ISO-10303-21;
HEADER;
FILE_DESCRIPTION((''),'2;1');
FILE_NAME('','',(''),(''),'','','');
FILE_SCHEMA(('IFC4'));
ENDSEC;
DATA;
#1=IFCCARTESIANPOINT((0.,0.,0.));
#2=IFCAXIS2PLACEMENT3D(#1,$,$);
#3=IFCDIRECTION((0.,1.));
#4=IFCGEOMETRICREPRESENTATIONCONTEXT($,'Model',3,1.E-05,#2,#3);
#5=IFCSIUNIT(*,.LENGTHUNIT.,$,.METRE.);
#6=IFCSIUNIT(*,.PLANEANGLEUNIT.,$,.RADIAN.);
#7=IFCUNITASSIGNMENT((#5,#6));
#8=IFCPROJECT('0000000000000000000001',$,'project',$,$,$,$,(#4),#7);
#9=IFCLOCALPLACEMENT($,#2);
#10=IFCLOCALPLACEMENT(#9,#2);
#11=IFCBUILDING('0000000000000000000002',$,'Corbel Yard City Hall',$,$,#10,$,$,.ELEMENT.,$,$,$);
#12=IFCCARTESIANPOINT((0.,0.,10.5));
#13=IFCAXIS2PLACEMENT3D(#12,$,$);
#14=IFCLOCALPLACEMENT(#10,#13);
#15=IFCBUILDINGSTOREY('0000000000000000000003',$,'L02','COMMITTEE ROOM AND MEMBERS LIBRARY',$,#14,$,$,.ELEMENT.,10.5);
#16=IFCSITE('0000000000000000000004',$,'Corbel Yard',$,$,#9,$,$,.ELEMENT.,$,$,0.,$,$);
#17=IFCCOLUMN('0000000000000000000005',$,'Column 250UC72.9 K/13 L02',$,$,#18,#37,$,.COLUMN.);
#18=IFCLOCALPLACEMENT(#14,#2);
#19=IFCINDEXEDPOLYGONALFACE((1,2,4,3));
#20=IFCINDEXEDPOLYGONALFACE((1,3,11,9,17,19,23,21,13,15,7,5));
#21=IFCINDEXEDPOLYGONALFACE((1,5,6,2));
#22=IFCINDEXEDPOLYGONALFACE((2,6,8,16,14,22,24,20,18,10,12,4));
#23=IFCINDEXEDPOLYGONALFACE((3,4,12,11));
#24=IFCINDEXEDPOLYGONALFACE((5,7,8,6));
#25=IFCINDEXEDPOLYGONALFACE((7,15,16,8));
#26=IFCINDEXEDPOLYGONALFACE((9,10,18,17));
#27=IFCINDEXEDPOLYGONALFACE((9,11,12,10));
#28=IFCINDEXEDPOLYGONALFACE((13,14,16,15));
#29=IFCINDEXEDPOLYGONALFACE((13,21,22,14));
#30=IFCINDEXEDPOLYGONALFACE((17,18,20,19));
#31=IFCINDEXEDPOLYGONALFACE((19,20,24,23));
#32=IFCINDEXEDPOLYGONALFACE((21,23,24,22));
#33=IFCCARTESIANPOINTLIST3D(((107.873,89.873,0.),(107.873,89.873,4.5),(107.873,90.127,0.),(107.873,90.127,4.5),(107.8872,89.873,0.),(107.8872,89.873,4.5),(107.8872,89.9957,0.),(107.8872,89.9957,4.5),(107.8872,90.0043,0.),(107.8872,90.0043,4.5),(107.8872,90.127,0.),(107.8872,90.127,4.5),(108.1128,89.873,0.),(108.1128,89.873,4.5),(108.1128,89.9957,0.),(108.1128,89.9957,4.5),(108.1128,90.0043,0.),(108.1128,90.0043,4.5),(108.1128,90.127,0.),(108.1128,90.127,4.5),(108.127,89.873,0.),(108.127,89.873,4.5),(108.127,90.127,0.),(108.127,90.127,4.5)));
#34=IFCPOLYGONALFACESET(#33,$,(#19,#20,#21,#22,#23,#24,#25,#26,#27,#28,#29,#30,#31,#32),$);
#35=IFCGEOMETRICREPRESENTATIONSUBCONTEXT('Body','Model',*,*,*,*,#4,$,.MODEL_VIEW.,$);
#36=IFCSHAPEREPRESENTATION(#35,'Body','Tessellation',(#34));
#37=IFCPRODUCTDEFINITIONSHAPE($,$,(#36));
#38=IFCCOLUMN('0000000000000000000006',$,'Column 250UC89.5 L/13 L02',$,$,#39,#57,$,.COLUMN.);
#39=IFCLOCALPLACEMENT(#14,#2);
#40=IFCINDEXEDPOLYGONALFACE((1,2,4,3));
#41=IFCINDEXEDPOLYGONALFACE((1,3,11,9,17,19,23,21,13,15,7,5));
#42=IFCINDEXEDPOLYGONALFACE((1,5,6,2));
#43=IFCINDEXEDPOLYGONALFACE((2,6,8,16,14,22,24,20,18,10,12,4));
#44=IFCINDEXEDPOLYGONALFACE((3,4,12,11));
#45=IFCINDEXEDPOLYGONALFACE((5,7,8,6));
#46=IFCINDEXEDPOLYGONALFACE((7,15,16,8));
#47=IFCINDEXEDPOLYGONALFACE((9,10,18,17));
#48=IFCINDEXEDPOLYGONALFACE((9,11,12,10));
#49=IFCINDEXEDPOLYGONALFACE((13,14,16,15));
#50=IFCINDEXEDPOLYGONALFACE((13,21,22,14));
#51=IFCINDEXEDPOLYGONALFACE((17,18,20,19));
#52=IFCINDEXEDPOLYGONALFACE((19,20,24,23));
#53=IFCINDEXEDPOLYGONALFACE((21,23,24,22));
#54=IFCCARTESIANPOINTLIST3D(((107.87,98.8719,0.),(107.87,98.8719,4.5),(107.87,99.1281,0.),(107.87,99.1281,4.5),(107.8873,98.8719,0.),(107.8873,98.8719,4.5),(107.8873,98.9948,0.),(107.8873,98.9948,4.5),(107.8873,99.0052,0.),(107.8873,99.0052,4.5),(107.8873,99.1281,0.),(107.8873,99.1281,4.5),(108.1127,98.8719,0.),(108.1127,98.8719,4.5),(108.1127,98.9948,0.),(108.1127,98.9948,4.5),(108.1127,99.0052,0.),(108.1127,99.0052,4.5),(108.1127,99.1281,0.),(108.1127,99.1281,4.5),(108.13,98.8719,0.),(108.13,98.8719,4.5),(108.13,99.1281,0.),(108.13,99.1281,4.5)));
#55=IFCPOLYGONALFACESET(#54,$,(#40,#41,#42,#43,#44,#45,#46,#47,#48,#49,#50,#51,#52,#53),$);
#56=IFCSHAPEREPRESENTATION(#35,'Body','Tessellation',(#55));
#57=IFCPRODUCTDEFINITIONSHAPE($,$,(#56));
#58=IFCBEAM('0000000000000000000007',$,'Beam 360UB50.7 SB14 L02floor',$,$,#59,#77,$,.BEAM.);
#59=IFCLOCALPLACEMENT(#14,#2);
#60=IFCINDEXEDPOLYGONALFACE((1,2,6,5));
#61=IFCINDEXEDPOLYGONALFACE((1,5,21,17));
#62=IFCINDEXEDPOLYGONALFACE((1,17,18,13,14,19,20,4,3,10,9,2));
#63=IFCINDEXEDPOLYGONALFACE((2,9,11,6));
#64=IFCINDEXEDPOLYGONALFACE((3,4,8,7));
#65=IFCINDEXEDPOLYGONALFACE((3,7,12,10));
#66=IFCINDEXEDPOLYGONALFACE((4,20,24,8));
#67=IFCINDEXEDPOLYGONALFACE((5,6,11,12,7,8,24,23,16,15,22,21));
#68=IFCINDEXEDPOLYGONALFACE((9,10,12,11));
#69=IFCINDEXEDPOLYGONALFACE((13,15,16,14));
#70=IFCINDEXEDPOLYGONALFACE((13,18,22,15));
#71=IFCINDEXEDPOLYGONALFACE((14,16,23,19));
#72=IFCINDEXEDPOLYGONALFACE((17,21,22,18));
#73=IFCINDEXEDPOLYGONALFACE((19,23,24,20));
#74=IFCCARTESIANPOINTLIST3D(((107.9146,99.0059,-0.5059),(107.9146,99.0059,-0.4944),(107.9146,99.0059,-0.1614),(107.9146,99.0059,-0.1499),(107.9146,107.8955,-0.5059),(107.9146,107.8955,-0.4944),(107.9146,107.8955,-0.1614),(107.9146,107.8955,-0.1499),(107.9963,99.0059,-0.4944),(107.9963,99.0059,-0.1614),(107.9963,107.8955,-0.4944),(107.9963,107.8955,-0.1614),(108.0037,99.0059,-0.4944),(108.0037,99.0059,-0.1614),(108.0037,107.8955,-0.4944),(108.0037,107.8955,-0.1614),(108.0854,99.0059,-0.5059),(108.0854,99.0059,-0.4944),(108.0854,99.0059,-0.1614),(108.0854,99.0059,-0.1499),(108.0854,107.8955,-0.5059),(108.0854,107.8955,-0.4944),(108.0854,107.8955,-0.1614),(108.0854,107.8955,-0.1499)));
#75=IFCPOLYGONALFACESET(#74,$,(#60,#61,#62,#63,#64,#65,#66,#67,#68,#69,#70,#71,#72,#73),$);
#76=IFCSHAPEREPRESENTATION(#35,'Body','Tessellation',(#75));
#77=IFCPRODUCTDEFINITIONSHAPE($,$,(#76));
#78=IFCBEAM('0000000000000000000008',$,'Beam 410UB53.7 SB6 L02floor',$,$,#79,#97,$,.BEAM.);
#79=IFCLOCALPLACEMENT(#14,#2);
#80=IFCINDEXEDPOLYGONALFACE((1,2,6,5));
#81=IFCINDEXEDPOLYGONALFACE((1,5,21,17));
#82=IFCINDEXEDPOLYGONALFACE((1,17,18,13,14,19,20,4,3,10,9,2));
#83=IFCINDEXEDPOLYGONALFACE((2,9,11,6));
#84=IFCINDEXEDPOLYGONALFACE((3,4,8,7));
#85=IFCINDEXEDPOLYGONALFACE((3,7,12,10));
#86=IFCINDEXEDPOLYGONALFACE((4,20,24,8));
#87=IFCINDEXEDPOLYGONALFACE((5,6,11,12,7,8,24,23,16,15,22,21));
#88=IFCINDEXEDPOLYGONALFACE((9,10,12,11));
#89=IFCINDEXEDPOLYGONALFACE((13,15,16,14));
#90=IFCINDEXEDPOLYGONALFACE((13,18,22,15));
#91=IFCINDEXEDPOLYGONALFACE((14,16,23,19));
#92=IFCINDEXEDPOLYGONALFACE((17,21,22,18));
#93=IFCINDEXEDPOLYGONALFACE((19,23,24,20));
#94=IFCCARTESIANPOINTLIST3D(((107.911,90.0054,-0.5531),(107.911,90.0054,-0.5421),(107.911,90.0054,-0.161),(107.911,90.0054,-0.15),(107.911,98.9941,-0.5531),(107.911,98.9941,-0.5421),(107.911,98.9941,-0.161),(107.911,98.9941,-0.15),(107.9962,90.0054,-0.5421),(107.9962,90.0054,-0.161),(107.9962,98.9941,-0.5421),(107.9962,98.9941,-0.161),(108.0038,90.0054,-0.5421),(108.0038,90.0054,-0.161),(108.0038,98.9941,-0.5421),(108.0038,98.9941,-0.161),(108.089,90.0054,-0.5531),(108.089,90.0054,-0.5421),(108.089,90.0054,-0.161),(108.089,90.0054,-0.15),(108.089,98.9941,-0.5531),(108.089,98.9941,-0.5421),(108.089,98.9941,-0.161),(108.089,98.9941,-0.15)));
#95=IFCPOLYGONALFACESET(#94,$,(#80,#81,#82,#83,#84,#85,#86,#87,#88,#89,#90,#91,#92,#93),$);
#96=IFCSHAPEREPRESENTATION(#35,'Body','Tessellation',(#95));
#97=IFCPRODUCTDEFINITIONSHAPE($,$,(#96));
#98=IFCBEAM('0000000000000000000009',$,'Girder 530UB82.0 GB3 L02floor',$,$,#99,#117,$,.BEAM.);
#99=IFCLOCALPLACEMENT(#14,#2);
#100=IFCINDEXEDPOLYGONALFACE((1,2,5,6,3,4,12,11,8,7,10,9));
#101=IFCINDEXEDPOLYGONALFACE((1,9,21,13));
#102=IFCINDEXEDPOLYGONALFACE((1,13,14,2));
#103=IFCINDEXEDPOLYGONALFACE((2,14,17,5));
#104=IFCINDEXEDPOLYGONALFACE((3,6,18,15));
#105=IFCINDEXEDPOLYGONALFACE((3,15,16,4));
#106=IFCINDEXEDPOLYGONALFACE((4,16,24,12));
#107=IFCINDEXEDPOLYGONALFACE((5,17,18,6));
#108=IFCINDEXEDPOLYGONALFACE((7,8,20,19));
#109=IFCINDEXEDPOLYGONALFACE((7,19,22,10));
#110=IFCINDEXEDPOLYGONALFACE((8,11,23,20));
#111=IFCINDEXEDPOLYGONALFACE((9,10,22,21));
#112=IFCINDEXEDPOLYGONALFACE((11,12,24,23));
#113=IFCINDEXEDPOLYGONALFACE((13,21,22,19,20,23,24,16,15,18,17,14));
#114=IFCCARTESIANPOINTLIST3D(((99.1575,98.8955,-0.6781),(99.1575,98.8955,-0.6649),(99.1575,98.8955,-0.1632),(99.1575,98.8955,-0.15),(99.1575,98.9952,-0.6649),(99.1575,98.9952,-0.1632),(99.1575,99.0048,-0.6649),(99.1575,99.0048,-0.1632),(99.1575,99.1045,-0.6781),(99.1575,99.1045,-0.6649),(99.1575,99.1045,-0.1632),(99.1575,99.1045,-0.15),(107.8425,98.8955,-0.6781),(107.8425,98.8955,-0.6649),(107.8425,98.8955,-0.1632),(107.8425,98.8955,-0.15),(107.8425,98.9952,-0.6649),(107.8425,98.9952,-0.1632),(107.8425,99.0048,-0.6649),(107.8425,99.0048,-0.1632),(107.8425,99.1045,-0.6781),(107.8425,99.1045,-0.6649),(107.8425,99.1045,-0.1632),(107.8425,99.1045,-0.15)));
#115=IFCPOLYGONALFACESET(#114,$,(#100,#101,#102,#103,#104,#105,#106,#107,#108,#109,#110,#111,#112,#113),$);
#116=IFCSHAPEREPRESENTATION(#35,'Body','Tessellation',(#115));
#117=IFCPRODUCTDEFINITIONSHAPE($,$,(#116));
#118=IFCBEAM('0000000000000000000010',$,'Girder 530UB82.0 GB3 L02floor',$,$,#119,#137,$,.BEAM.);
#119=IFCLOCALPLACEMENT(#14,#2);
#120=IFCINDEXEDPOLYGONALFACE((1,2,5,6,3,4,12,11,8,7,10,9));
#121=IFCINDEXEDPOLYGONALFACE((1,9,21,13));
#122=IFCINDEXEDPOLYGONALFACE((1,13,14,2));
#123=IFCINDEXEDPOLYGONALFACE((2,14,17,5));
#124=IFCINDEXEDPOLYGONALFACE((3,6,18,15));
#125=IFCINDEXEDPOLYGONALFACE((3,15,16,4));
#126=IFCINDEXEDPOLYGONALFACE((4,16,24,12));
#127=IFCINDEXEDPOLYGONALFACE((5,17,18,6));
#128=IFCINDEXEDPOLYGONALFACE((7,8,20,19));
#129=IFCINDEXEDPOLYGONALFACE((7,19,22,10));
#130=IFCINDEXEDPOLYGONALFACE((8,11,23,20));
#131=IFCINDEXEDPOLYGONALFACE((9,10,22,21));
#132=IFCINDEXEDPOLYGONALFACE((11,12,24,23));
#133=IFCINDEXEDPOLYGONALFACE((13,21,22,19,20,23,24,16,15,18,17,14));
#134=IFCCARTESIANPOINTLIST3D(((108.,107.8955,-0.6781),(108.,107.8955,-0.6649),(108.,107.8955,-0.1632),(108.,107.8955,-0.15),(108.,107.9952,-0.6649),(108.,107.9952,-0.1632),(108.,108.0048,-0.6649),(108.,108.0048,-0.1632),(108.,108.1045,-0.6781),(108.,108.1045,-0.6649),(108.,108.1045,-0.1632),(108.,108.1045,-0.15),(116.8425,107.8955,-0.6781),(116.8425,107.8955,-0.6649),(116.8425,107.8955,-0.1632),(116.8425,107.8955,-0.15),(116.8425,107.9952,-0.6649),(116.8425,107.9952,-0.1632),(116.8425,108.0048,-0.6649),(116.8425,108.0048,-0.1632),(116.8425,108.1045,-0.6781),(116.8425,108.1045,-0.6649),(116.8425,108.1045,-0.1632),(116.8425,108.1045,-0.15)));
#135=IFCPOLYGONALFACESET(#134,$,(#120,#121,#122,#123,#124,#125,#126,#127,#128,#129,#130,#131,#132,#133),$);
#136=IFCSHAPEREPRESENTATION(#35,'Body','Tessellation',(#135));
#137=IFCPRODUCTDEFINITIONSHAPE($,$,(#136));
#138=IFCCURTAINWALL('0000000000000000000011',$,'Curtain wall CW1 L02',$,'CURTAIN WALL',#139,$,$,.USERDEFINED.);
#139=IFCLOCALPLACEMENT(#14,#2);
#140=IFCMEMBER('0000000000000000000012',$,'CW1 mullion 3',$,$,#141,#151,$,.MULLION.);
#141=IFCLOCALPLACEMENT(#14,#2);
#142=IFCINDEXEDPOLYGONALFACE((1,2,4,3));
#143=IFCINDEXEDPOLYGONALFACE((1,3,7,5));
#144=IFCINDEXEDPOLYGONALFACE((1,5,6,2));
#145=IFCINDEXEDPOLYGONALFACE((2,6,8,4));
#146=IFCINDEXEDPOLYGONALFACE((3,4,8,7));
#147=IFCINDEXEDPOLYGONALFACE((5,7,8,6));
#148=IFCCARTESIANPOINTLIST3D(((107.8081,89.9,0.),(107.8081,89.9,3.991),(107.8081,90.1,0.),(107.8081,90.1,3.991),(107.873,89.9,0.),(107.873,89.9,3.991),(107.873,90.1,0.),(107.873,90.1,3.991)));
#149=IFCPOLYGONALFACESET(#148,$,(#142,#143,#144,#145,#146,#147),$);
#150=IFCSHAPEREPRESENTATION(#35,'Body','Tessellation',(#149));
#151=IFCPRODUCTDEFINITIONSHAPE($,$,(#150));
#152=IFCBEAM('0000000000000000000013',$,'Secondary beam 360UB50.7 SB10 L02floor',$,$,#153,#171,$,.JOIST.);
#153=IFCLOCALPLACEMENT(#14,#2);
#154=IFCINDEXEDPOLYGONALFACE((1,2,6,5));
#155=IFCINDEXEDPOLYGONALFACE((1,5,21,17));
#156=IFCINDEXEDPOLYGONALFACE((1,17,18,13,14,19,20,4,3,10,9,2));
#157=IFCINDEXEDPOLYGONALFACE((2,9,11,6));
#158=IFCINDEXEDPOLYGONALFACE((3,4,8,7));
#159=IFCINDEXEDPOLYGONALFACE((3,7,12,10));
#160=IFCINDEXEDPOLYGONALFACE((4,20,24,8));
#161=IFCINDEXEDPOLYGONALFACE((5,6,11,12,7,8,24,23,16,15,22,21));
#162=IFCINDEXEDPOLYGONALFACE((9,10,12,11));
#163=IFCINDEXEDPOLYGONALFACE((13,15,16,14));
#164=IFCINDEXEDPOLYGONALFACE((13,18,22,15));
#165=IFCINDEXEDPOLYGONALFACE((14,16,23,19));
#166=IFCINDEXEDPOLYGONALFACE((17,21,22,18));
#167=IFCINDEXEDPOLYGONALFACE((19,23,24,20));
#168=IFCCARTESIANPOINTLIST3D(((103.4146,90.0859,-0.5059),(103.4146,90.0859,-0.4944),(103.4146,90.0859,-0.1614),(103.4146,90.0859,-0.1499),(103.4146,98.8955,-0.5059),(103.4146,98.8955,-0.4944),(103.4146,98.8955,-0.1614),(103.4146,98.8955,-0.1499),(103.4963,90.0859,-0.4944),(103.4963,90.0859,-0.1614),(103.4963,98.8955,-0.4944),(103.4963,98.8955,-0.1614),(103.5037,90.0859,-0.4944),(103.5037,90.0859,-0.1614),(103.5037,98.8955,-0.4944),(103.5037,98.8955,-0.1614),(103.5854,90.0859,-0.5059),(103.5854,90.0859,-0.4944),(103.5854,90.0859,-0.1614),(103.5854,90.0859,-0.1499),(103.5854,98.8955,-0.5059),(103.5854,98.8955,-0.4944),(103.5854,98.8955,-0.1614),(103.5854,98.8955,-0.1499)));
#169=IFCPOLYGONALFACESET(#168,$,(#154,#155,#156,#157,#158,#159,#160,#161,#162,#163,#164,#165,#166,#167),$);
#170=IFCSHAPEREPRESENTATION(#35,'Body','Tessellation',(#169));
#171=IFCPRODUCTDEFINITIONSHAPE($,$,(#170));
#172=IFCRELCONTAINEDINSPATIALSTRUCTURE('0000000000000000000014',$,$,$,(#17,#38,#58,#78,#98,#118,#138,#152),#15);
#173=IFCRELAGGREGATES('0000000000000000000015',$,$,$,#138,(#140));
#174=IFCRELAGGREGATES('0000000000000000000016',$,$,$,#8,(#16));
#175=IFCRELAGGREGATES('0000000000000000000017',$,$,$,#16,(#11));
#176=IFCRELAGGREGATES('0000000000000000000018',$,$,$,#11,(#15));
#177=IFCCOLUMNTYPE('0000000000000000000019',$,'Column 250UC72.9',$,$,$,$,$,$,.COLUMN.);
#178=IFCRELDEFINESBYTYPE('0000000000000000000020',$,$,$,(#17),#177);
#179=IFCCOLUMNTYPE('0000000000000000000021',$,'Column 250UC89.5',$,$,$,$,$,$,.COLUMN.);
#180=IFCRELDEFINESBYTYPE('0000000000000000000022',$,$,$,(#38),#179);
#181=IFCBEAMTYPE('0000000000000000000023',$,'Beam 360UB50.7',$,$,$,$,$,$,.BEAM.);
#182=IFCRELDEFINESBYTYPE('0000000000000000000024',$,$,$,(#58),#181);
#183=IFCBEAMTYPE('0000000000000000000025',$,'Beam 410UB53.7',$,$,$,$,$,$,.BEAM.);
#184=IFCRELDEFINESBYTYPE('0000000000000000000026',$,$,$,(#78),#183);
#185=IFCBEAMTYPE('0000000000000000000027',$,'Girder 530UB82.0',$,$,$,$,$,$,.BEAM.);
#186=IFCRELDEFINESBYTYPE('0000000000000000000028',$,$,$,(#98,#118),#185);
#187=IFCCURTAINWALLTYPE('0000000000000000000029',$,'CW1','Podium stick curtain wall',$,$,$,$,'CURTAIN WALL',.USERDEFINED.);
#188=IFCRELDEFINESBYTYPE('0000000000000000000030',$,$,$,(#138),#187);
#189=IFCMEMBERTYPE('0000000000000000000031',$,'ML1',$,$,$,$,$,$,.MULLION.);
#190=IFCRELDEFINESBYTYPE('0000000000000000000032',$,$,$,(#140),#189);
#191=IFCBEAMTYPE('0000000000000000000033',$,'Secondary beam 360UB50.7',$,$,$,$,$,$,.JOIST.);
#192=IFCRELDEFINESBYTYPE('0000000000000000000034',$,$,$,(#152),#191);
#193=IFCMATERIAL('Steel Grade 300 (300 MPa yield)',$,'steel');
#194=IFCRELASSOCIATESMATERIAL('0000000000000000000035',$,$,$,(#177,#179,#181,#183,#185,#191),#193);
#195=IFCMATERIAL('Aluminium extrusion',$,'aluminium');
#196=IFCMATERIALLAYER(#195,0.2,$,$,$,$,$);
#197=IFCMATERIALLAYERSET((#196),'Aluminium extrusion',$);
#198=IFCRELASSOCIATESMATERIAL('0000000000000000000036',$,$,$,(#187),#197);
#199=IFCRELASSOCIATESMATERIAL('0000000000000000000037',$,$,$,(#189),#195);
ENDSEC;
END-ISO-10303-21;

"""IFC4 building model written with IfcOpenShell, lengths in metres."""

from ifc_helpers import new_model, si_unit, direction, frame, origin, origin_2d, place, context, subcontext, project, spatial, rectangle, i_section, extrude, material, layer, layer_set, material_profile, profile_set, type_object, element, aggregate, save


model = new_model("IFC4")

# Units and contexts
model_context = context("Model", 3, precision=1e-05, world=origin(), true_north=direction((0.0, 1.0)))
body_context = subcontext(model_context, "Body", "Model", "MODEL_VIEW")
ifc_project = project(units=[si_unit("LENGTHUNIT", "METRE"), si_unit("PLANEANGLEUNIT", "RADIAN")], contexts=[model_context])

# Site, building, storey
site_placement = place(None, origin())
site = spatial("IfcSite", under=ifc_project, at=site_placement, Name="Corbel Yard", CompositionType="ELEMENT", RefElevation=0.0)
building_placement = place(site_placement, origin())
building = spatial("IfcBuilding", under=site, at=building_placement, Name="Corbel Yard City Hall", CompositionType="ELEMENT")
storey_placement = place(building_placement, frame((0.0, 0.0, 10.5)))
storey = spatial("IfcBuildingStorey", under=building, at=storey_placement, Name="L02", Description="COMMITTEE ROOM AND MEMBERS LIBRARY", CompositionType="ELEMENT", Elevation=10.5)

# Columns
ifc_material_1 = material(Name="Steel Grade 300 (300 MPa yield)", Category="steel")
ifc_material_profile_1 = material_profile(ifc_material_1, i_section(OverallWidth=0.2539, OverallDepth=0.2539, WebThickness=0.0085, FlangeThickness=0.0142, at=origin_2d()), Name="250UC72.9")
ifc_profile_set_1 = profile_set([ifc_material_profile_1], Name="Steel Grade 300 (300 MPa yield)")
column_type_1 = type_object("IfcColumnType", Name="Column 250UC72.9", PredefinedType="COLUMN", material=ifc_profile_set_1)
column_1_placement = place(storey_placement, frame((108.0, 90.0, 0.0), z_axis=(0.0, 0.0, 1.0), x_axis=(0.0, 1.0, 0.0)))
element("IfcColumn", 1, at=column_1_placement, inside=storey, type_object=column_type_1, Name="Column 250UC72.9 K/13 L02", PredefinedType="COLUMN", context=body_context, shape_type="SweptSolid", body=[
    extrude(i_section(OverallWidth=0.2539, OverallDepth=0.2539, WebThickness=0.0085, FlangeThickness=0.0142, at=origin_2d()), origin(), (0.0, 0.0, 1.0), 4.5),
])
ifc_material_profile_2 = material_profile(ifc_material_1, i_section(OverallWidth=0.2561, OverallDepth=0.26, WebThickness=0.0105, FlangeThickness=0.0173, at=origin_2d()), Name="250UC89.5")
ifc_profile_set_2 = profile_set([ifc_material_profile_2], Name="Steel Grade 300 (300 MPa yield)")
column_type_2 = type_object("IfcColumnType", Name="Column 250UC89.5", PredefinedType="COLUMN", material=ifc_profile_set_2)
column_2_placement = place(storey_placement, frame((108.0, 99.0, 0.0), z_axis=(0.0, 0.0, 1.0), x_axis=(0.0, 1.0, 0.0)))
element("IfcColumn", 2, at=column_2_placement, inside=storey, type_object=column_type_2, Name="Column 250UC89.5 L/13 L02", PredefinedType="COLUMN", context=body_context, shape_type="SweptSolid", body=[
    extrude(i_section(OverallWidth=0.2561, OverallDepth=0.26, WebThickness=0.0105, FlangeThickness=0.0173, at=origin_2d()), origin(), (0.0, 0.0, 1.0), 4.5),
])

# Beams
ifc_material_profile_3 = material_profile(ifc_material_1, i_section(OverallWidth=0.1709, OverallDepth=0.356, WebThickness=0.0073, FlangeThickness=0.0115, at=origin_2d()), Name="360UB50.7")
ifc_profile_set_3 = profile_set([ifc_material_profile_3], Name="Steel Grade 300 (300 MPa yield)")
beam_type_1 = type_object("IfcBeamType", Name="Beam 360UB50.7", PredefinedType="BEAM", material=ifc_profile_set_3)
beam_1_placement = place(storey_placement, frame((108.0, 99.0059, -0.3279), z_axis=(0.0, 1.0, 0.0), x_axis=(-1.0, 0.0, 0.0)))
element("IfcBeam", 3, at=beam_1_placement, inside=storey, type_object=beam_type_1, Name="Beam 360UB50.7 SB14 L02floor", PredefinedType="BEAM", context=body_context, shape_type="SweptSolid", body=[
    extrude(i_section(OverallWidth=0.1709, OverallDepth=0.356, WebThickness=0.0073, FlangeThickness=0.0115, at=origin_2d()), origin(), (0.0, 0.0, 1.0), 8.8896),
])
ifc_material_profile_4 = material_profile(ifc_material_1, i_section(OverallWidth=0.178, OverallDepth=0.4031, WebThickness=0.0076, FlangeThickness=0.011, at=origin_2d()), Name="410UB53.7")
ifc_profile_set_4 = profile_set([ifc_material_profile_4], Name="Steel Grade 300 (300 MPa yield)")
beam_type_2 = type_object("IfcBeamType", Name="Beam 410UB53.7", PredefinedType="BEAM", material=ifc_profile_set_4)
beam_2_placement = place(storey_placement, frame((108.0, 90.0054, -0.3516), z_axis=(0.0, 1.0, 0.0), x_axis=(-1.0, 0.0, 0.0)))
element("IfcBeam", 4, at=beam_2_placement, inside=storey, type_object=beam_type_2, Name="Beam 410UB53.7 SB6 L02floor", PredefinedType="BEAM", context=body_context, shape_type="SweptSolid", body=[
    extrude(i_section(OverallWidth=0.178, OverallDepth=0.4031, WebThickness=0.0076, FlangeThickness=0.011, at=origin_2d()), origin(), (0.0, 0.0, 1.0), 8.9888),
])
ifc_material_profile_5 = material_profile(ifc_material_1, i_section(OverallWidth=0.209, OverallDepth=0.5281, WebThickness=0.0095, FlangeThickness=0.0132, at=origin_2d()), Name="530UB82.0")
ifc_profile_set_5 = profile_set([ifc_material_profile_5], Name="Steel Grade 300 (300 MPa yield)")
beam_type_3 = type_object("IfcBeamType", Name="Girder 530UB82.0", PredefinedType="BEAM", material=ifc_profile_set_5)
beam_3_placement = place(storey_placement, frame((99.1575, 99.0, -0.4141), z_axis=(1.0, 0.0, 0.0), x_axis=(0.0, 1.0, 0.0)))
element("IfcBeam", 5, at=beam_3_placement, inside=storey, type_object=beam_type_3, Name="Girder 530UB82.0 GB3 L02floor", PredefinedType="BEAM", context=body_context, shape_type="SweptSolid", body=[
    extrude(i_section(OverallWidth=0.209, OverallDepth=0.5281, WebThickness=0.0095, FlangeThickness=0.0132, at=origin_2d()), origin(), (0.0, 0.0, 1.0), 8.6851),
])
beam_4_placement = place(storey_placement, frame((108.0, 108.0, -0.4141), z_axis=(1.0, 0.0, 0.0), x_axis=(0.0, 1.0, 0.0)))
element("IfcBeam", 6, at=beam_4_placement, inside=storey, type_object=beam_type_3, Name="Girder 530UB82.0 GB3 L02floor", PredefinedType="BEAM", context=body_context, shape_type="SweptSolid", body=[
    extrude(i_section(OverallWidth=0.209, OverallDepth=0.5281, WebThickness=0.0095, FlangeThickness=0.0132, at=origin_2d()), origin(), (0.0, 0.0, 1.0), 8.8425),
])

# Curtain wall, member
ifc_material_2 = material(Name="Aluminium extrusion", Category="aluminium")
ifc_layer_1 = layer(ifc_material_2, 0.2)
ifc_layer_set_1 = layer_set([ifc_layer_1], Name="Aluminium extrusion")
curtain_wall_type = type_object("IfcCurtainWallType", Name="CW1", Description="Podium stick curtain wall", ElementType="CURTAIN WALL", PredefinedType="USERDEFINED", material=ifc_layer_set_1)
curtain_wall_placement = place(storey_placement, origin())
curtain_wall = element("IfcCurtainWall", 7, at=curtain_wall_placement, inside=storey, type_object=curtain_wall_type, Name="Curtain wall CW1 L02", ObjectType="CURTAIN WALL", PredefinedType="USERDEFINED")
ifc_material_profile_6 = material_profile(ifc_material_2, rectangle(XDim=0.2, YDim=0.0649, at=origin_2d()), Name="200x65")
ifc_profile_set_6 = profile_set([ifc_material_profile_6], Name="Aluminium extrusion")
member_type_1 = type_object("IfcMemberType", Name="ML1", PredefinedType="MULLION", material=ifc_profile_set_6)
member_1_placement = place(storey_placement, frame((107.8406, 90.0, 0.0), z_axis=(0.0, 0.0, 1.0), x_axis=(0.0, 1.0, 0.0)))
member_1 = element("IfcMember", 8, at=member_1_placement, type_object=member_type_1, Name="CW1 mullion 3", PredefinedType="MULLION", context=body_context, shape_type="SweptSolid", body=[
    extrude(rectangle(XDim=0.2, YDim=0.0649, at=origin_2d()), origin(), (0.0, 0.0, 1.0), 3.991),
])

# Beam
ifc_material_profile_7 = material_profile(ifc_material_1, i_section(OverallWidth=0.1709, OverallDepth=0.356, WebThickness=0.0073, FlangeThickness=0.0115, at=origin_2d()), Name="360UB50.7")
ifc_profile_set_7 = profile_set([ifc_material_profile_7], Name="Steel Grade 300 (300 MPa yield)")
beam_type_4 = type_object("IfcBeamType", Name="Secondary beam 360UB50.7", PredefinedType="JOIST", material=ifc_profile_set_7)
beam_5_placement = place(storey_placement, frame((103.5, 90.0859, -0.3279), z_axis=(0.0, 1.0, 0.0), x_axis=(-1.0, 0.0, 0.0)))
element("IfcBeam", 9, at=beam_5_placement, inside=storey, type_object=beam_type_4, Name="Secondary beam 360UB50.7 SB10 L02floor", PredefinedType="JOIST", context=body_context, shape_type="SweptSolid", body=[
    extrude(i_section(OverallWidth=0.1709, OverallDepth=0.356, WebThickness=0.0073, FlangeThickness=0.0115, at=origin_2d()), origin(), (0.0, 0.0, 1.0), 8.8096),
])

aggregate(curtain_wall, [member_1])

save(model, "model.ifc")
